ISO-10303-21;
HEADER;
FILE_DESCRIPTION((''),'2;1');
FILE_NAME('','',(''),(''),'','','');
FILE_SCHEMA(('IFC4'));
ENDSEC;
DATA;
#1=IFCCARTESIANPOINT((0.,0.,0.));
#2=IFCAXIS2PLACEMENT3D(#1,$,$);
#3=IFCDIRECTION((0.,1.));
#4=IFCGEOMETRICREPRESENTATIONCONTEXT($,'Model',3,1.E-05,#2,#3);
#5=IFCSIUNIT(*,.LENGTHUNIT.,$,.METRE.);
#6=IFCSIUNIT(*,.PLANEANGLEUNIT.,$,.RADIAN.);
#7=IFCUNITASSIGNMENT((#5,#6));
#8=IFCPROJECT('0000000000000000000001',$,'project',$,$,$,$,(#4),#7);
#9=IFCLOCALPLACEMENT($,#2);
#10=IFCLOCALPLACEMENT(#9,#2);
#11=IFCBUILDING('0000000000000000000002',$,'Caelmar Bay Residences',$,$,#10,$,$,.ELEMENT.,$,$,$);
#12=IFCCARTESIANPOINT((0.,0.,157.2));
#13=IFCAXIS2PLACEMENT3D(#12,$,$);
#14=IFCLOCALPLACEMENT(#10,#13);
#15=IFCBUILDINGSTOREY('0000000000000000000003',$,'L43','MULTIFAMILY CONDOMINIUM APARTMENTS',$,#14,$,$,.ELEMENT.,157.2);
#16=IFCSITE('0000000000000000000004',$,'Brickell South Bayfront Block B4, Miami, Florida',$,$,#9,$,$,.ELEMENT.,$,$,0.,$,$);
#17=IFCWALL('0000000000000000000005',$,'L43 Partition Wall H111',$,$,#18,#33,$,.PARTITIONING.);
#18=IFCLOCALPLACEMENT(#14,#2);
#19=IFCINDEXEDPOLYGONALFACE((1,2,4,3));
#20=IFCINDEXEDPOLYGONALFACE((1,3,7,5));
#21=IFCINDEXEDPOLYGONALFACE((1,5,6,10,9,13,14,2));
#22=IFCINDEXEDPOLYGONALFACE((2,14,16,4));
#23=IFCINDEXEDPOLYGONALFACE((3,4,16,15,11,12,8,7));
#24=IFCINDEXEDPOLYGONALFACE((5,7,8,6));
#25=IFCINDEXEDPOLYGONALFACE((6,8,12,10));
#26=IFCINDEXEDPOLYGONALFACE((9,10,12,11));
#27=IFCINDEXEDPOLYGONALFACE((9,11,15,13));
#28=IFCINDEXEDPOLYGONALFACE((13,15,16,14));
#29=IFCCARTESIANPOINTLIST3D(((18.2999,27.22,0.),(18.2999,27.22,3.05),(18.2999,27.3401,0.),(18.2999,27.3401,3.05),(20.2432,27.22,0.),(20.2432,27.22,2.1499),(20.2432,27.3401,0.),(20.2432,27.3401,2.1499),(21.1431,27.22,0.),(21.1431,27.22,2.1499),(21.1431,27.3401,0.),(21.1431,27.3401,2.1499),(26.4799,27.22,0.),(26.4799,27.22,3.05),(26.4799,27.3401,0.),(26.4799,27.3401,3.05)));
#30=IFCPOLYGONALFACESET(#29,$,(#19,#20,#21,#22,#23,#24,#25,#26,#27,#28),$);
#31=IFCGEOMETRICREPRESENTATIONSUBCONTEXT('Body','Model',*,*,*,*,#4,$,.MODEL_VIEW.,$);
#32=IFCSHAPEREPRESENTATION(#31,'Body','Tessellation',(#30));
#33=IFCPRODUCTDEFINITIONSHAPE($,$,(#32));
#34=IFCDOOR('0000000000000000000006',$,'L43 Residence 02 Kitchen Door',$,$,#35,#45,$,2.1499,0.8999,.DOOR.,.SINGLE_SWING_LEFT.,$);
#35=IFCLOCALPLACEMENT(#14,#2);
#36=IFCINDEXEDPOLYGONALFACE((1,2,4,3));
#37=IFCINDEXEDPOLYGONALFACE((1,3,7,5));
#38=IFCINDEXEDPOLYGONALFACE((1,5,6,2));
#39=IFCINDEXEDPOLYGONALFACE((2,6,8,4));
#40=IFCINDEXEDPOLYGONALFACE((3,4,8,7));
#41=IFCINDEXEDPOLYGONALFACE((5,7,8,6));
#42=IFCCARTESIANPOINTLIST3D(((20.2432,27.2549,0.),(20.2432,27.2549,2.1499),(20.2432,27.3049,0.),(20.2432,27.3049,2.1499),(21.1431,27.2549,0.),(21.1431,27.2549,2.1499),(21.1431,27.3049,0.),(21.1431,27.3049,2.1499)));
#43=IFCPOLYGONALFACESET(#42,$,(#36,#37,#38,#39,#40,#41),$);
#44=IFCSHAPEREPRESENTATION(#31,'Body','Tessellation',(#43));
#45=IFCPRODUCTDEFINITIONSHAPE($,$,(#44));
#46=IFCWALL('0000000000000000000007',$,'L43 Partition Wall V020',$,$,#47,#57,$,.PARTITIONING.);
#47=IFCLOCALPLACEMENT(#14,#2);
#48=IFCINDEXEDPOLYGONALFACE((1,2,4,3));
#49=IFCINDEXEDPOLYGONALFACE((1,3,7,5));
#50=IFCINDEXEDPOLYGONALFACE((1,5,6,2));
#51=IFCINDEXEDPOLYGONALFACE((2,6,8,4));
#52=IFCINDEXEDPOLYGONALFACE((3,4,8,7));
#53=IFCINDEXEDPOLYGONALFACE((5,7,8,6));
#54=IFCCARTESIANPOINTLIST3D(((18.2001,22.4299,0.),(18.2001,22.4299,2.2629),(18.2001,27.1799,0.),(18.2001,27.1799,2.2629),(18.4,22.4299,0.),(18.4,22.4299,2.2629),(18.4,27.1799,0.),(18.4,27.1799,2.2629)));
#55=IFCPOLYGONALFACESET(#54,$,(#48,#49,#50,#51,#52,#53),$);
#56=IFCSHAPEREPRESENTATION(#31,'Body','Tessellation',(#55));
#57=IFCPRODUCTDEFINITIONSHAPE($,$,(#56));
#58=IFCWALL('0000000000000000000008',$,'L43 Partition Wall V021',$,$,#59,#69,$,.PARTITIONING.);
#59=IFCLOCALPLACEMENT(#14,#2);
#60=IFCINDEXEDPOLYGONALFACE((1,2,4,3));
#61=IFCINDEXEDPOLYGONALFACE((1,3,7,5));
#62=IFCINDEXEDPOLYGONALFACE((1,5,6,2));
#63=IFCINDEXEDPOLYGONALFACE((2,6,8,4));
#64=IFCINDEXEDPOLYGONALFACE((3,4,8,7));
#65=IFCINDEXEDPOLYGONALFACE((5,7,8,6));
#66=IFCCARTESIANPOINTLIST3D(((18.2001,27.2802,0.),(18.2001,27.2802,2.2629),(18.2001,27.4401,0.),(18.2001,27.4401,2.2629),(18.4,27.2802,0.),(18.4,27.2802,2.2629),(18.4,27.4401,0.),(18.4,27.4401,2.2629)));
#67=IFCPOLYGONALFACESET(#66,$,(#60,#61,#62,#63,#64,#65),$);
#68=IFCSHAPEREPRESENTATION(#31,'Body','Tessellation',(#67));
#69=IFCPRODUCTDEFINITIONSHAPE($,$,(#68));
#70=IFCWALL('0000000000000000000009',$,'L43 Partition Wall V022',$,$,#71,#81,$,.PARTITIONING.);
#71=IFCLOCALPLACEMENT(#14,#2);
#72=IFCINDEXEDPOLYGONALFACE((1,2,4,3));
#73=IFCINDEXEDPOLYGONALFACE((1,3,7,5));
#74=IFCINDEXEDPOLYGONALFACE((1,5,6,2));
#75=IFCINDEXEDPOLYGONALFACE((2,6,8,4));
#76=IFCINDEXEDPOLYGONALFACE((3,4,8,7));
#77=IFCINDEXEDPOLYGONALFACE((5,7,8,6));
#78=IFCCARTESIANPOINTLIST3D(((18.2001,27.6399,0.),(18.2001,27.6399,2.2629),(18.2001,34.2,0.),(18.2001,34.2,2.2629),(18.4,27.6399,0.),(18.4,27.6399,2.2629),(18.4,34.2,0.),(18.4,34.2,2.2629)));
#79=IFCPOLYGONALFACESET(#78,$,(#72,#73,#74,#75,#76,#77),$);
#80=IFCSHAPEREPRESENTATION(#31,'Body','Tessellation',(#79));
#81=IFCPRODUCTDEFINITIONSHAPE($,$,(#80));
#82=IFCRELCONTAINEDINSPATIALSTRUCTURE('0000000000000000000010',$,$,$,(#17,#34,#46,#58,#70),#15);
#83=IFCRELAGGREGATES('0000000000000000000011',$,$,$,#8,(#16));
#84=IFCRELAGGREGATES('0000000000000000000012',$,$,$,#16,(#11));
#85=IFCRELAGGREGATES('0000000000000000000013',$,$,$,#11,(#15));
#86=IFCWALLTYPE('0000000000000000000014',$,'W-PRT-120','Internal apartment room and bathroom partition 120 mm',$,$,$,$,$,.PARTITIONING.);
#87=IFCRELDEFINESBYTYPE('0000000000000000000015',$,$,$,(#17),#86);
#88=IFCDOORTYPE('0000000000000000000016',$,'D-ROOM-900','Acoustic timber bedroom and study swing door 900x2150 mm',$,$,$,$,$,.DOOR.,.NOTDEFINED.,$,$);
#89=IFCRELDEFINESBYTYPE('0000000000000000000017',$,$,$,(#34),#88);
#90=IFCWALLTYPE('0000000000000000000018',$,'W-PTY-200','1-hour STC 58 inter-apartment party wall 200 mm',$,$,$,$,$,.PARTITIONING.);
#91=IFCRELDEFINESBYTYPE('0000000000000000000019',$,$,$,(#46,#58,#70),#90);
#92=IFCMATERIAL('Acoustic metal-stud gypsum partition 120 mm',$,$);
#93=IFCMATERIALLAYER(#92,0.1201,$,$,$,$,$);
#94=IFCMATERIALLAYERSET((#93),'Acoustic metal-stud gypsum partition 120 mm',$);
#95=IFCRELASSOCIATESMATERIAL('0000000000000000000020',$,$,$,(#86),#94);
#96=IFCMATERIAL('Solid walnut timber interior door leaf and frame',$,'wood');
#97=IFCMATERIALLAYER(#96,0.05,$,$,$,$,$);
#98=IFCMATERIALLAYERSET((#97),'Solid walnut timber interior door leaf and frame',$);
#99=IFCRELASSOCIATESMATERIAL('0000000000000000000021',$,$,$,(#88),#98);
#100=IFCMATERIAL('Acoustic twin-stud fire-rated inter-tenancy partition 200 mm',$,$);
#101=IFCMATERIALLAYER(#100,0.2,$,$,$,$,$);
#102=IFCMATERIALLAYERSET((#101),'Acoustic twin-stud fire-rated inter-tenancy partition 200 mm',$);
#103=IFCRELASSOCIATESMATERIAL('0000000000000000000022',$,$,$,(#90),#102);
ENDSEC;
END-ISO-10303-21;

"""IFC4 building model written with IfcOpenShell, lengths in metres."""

from ifc_helpers import new_model, si_unit, direction, frame, frame_2d, origin, place, context, subcontext, project, spatial, rectangle, extrude, material, layer, layer_set, type_object, element, fill, save


model = new_model("IFC4")

# Units and contexts
model_context = context("Model", 3, precision=1e-05, world=origin(), true_north=direction((0.0, 1.0)))
body_context = subcontext(model_context, "Body", "Model", "MODEL_VIEW")
ifc_project = project(units=[si_unit("LENGTHUNIT", "METRE"), si_unit("PLANEANGLEUNIT", "RADIAN")], contexts=[model_context])

# Site, building, storey
site_placement = place(None, origin())
site = spatial("IfcSite", under=ifc_project, at=site_placement, Name="Brickell South Bayfront Block B4, Miami, Florida", CompositionType="ELEMENT", RefElevation=0.0)
building_placement = place(site_placement, origin())
building = spatial("IfcBuilding", under=site, at=building_placement, Name="Caelmar Bay Residences", CompositionType="ELEMENT")
storey_placement = place(building_placement, frame((0.0, 0.0, 157.2)))
storey = spatial("IfcBuildingStorey", under=building, at=storey_placement, Name="L43", Description="MULTIFAMILY CONDOMINIUM APARTMENTS", CompositionType="ELEMENT", Elevation=157.2)

# Shared definitions
ifc_material_1 = material(Name="Acoustic metal-stud gypsum partition 120 mm")
ifc_layer_1 = layer(ifc_material_1, 0.1201)
ifc_layer_set_1 = layer_set([ifc_layer_1], Name="Acoustic metal-stud gypsum partition 120 mm")
wall_type_1 = type_object("IfcWallType", Name="W-PRT-120", Description="Internal apartment room and bathroom partition 120 mm", PredefinedType="PARTITIONING", material=ifc_layer_set_1)
ifc_material_2 = material(Name="Solid walnut timber interior door leaf and frame", Category="wood")
ifc_layer_2 = layer(ifc_material_2, 0.05)
ifc_layer_set_2 = layer_set([ifc_layer_2], Name="Solid walnut timber interior door leaf and frame")
door_type_1 = type_object("IfcDoorType", Name="D-ROOM-900", Description="Acoustic timber bedroom and study swing door 900x2150 mm", OperationType="NOTDEFINED", PredefinedType="DOOR", material=ifc_layer_set_2)

# Wall, opening, door
wall_1_placement = place(storey_placement, frame((18.3, 27.28, 0.0), z_axis=(0.0, 0.0, 1.0), x_axis=(1.0, 0.0, 0.0)))
wall_1 = element("IfcWall", 1, at=wall_1_placement, inside=storey, type_object=wall_type_1, Name="L43 Partition Wall H111", PredefinedType="PARTITIONING", context=body_context, shape_type="SweptSolid", body=[
    extrude(rectangle(XDim=8.1799, YDim=0.1201, at=frame_2d((4.0898, 0.0))), origin(), (0.0, 0.0, 1.0), 3.05),
])
opening_1_placement = place(wall_1_placement, frame((1.9431, 0.0, 0.0)))
opening_1 = element("IfcOpeningElement", 2, at=opening_1_placement, cuts=wall_1, PredefinedType="OPENING", context=body_context, shape_type="SweptSolid", body=[
    extrude(rectangle(XDim=0.8999, YDim=2.1499, at=frame_2d((0.45, 1.075))), frame((0.0, 0.0701, 0.0), z_axis=(0.0, -1.0, 0.0), x_axis=(1.0, 0.0, 0.0)), (0.0, 0.0, 1.0), 0.1401),
])
door_1_placement = place(opening_1_placement, origin())
door_1 = element("IfcDoor", 3, at=door_1_placement, inside=storey, type_object=door_type_1, Name="L43 Residence 02 Kitchen Door", OperationType="SINGLE_SWING_LEFT", OverallHeight=2.1499, OverallWidth=0.8999, PredefinedType="DOOR", context=body_context, shape_type="SweptSolid", body=[
    extrude(rectangle(XDim=0.8999, YDim=2.1499, at=frame_2d((0.45, 1.075))), frame((0.0, 0.0249, 0.0), z_axis=(0.0, -1.0, 0.0), x_axis=(1.0, 0.0, 0.0)), (0.0, 0.0, 1.0), 0.05),
])
fill(opening_1, door_1)

# Walls
ifc_material_3 = material(Name="Acoustic twin-stud fire-rated inter-tenancy partition 200 mm")
ifc_layer_3 = layer(ifc_material_3, 0.2)
ifc_layer_set_3 = layer_set([ifc_layer_3], Name="Acoustic twin-stud fire-rated inter-tenancy partition 200 mm")
wall_type_2 = type_object("IfcWallType", Name="W-PTY-200", Description="1-hour STC 58 inter-apartment party wall 200 mm", PredefinedType="PARTITIONING", material=ifc_layer_set_3)
wall_2_placement = place(storey_placement, frame((18.3, 22.4299, 0.0), z_axis=(0.0, 0.0, 1.0), x_axis=(0.0, 1.0, 0.0)))
element("IfcWall", 4, at=wall_2_placement, inside=storey, type_object=wall_type_2, Name="L43 Partition Wall V020", PredefinedType="PARTITIONING", context=body_context, shape_type="SweptSolid", body=[
    extrude(rectangle(XDim=4.75, YDim=0.2, at=frame_2d((2.375, 0.0))), origin(), (0.0, 0.0, 1.0), 2.2629),
])
wall_3_placement = place(storey_placement, frame((18.3, 27.28, 0.0), z_axis=(0.0, 0.0, 1.0), x_axis=(0.0, 1.0, 0.0)))
element("IfcWall", 5, at=wall_3_placement, inside=storey, type_object=wall_type_2, Name="L43 Partition Wall V021", PredefinedType="PARTITIONING", context=body_context, shape_type="SweptSolid", body=[
    extrude(rectangle(XDim=0.1599, YDim=0.2, at=frame_2d((0.0801, 0.0))), origin(), (0.0, 0.0, 1.0), 2.2629),
])
wall_4_placement = place(storey_placement, frame((18.3, 27.6399, 0.0), z_axis=(0.0, 0.0, 1.0), x_axis=(0.0, 1.0, 0.0)))
element("IfcWall", 6, at=wall_4_placement, inside=storey, type_object=wall_type_2, Name="L43 Partition Wall V022", PredefinedType="PARTITIONING", context=body_context, shape_type="SweptSolid", body=[
    extrude(rectangle(XDim=6.5601, YDim=0.2, at=frame_2d((3.28, 0.0))), origin(), (0.0, 0.0, 1.0), 2.2629),
])

save(model, "model.ifc")
